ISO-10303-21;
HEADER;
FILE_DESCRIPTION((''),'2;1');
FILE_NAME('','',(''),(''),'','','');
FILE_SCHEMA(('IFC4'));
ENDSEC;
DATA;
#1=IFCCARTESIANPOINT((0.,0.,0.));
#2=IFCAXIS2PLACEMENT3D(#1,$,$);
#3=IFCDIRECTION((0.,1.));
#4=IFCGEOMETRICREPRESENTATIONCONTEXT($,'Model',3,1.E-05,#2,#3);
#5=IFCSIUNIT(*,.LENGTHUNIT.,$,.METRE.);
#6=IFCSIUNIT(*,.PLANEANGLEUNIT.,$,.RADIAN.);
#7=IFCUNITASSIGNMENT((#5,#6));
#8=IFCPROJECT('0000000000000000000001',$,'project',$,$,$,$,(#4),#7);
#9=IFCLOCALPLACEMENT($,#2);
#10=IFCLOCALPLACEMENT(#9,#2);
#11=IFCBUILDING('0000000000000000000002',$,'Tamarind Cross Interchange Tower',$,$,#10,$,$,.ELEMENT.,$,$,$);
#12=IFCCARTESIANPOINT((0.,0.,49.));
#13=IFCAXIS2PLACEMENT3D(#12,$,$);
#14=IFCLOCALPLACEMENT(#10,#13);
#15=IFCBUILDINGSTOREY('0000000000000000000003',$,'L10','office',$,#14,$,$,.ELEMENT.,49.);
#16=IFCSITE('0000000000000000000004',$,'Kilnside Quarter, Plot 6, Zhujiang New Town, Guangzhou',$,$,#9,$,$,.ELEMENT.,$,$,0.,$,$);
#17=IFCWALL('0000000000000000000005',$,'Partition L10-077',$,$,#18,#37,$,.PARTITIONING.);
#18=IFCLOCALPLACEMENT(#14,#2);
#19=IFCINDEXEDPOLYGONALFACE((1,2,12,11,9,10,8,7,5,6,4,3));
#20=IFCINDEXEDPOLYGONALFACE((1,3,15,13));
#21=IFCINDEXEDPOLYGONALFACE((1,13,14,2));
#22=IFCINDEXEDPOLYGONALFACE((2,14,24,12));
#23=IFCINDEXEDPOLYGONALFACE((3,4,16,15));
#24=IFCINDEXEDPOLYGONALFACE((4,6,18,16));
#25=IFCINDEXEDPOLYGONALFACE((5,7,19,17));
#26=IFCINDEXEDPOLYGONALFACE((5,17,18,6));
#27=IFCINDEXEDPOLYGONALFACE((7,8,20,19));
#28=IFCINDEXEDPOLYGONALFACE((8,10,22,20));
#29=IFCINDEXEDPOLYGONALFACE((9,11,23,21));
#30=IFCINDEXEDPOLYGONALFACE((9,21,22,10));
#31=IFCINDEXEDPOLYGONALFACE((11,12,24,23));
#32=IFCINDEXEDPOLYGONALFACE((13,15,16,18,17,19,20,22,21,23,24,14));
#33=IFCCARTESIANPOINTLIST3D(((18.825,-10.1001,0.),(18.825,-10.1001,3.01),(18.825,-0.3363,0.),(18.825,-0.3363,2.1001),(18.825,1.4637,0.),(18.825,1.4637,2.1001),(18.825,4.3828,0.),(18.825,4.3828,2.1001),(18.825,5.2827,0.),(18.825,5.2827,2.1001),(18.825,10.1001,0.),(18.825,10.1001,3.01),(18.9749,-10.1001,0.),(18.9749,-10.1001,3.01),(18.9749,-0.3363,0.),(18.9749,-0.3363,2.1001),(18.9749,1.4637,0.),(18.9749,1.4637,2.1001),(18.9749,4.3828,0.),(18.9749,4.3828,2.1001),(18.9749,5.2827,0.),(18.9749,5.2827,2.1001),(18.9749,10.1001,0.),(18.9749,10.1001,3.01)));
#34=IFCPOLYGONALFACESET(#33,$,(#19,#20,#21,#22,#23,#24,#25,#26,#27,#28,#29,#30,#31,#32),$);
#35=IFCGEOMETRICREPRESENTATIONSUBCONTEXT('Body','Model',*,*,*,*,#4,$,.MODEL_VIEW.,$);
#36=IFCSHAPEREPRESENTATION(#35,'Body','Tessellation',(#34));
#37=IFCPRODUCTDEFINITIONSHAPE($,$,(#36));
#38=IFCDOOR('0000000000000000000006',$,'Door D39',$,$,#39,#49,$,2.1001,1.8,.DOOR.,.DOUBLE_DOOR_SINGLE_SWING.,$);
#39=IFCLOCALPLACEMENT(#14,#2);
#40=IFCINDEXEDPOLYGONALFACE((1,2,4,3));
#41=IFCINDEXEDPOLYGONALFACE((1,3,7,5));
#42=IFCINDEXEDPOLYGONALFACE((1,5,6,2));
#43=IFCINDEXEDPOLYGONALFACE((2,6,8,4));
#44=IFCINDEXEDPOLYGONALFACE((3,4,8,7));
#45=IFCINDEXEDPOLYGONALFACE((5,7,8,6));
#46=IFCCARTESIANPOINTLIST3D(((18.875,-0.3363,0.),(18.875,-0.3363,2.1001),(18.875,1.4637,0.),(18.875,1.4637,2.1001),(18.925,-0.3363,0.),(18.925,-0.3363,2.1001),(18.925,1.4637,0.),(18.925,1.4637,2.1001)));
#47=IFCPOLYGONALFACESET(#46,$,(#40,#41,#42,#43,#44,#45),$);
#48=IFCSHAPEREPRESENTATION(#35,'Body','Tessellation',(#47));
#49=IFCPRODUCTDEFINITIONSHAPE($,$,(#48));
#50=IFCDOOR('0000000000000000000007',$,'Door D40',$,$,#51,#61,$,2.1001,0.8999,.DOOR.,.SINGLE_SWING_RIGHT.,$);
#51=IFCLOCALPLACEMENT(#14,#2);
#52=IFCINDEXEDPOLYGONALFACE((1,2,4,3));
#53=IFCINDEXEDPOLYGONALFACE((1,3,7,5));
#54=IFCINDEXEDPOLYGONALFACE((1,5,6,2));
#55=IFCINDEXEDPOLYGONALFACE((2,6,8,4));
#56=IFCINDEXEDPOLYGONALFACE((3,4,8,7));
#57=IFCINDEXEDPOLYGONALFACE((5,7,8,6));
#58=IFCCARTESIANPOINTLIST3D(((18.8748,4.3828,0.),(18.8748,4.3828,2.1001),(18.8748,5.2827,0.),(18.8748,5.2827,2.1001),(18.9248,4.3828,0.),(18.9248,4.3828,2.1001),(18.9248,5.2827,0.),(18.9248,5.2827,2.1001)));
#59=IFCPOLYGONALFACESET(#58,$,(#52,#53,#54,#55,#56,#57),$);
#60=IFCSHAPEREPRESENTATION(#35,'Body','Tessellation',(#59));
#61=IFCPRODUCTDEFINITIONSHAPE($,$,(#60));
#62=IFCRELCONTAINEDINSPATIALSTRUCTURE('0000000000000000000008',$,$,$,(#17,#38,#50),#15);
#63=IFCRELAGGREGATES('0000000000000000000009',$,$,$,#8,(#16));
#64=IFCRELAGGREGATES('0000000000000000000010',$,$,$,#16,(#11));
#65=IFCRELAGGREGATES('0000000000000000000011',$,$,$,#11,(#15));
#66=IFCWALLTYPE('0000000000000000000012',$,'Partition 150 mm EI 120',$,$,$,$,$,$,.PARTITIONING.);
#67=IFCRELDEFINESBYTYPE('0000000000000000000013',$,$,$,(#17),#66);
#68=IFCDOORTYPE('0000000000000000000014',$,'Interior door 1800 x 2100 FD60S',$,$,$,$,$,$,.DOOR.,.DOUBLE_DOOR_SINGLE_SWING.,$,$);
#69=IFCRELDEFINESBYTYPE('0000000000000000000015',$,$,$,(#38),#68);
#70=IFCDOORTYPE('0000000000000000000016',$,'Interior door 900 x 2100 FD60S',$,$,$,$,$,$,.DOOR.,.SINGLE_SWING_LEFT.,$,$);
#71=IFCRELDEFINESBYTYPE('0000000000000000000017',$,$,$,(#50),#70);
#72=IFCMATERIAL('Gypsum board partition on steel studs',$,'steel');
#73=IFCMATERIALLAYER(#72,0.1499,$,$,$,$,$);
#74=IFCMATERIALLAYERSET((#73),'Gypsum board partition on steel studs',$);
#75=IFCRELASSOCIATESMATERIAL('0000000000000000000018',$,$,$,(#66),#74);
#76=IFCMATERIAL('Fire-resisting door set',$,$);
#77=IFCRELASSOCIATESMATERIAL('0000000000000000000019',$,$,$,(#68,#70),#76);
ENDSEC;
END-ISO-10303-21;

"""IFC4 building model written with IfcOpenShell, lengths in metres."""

from ifc_helpers import new_model, si_unit, direction, frame, frame_2d, origin, place, context, subcontext, project, spatial, rectangle, extrude, material, layer, layer_set, type_object, element, fill, save


model = new_model("IFC4")

# Units and contexts
model_context = context("Model", 3, precision=1e-05, world=origin(), true_north=direction((0.0, 1.0)))
body_context = subcontext(model_context, "Body", "Model", "MODEL_VIEW")
ifc_project = project(units=[si_unit("LENGTHUNIT", "METRE"), si_unit("PLANEANGLEUNIT", "RADIAN")], contexts=[model_context])

# Site, building, storey
site_placement = place(None, origin())
site = spatial("IfcSite", under=ifc_project, at=site_placement, Name="Kilnside Quarter, Plot 6, Zhujiang New Town, Guangzhou", CompositionType="ELEMENT", RefElevation=0.0)
building_placement = place(site_placement, origin())
building = spatial("IfcBuilding", under=site, at=building_placement, Name="Tamarind Cross Interchange Tower", CompositionType="ELEMENT")
storey_placement = place(building_placement, frame((0.0, 0.0, 49.0)))
storey = spatial("IfcBuildingStorey", under=building, at=storey_placement, Name="L10", Description="office", CompositionType="ELEMENT", Elevation=49.0)

# Shared definitions
ifc_material_1 = material(Name="Gypsum board partition on steel studs", Category="steel")

# Wall, openings, doors
ifc_layer_1 = layer(ifc_material_1, 0.1499)
ifc_layer_set_1 = layer_set([ifc_layer_1], Name="Gypsum board partition on steel studs")
wall_type_1 = type_object("IfcWallType", Name="Partition 150 mm EI 120", PredefinedType="PARTITIONING", material=ifc_layer_set_1)
wall_1_placement = place(storey_placement, frame((18.8999, -10.1001, 0.0), z_axis=(0.0, 0.0, 1.0), x_axis=(0.0, 1.0, 0.0)))
wall_1 = element("IfcWall", 1, at=wall_1_placement, inside=storey, type_object=wall_type_1, Name="Partition L10-077", PredefinedType="PARTITIONING", context=body_context, shape_type="SweptSolid", body=[
    extrude(rectangle(XDim=20.2002, YDim=0.1499, at=frame_2d((10.1001, 0.0))), origin(), (0.0, 0.0, 1.0), 3.01),
])
opening_1_placement = place(wall_1_placement, frame((9.7639, 0.0, 0.0)))
opening_1 = element("IfcOpeningElement", 2, at=opening_1_placement, cuts=wall_1, PredefinedType="OPENING", context=body_context, shape_type="SweptSolid", body=[
    extrude(rectangle(XDim=1.8, YDim=2.1001, at=frame_2d((0.8999, 1.05))), frame((0.0, 0.085, 0.0), z_axis=(0.0, -1.0, 0.0), x_axis=(1.0, 0.0, 0.0)), (0.0, 0.0, 1.0), 0.1699),
])
opening_2_placement = place(wall_1_placement, frame((14.4829, 0.0, 0.0)))
opening_2 = element("IfcOpeningElement", 3, at=opening_2_placement, cuts=wall_1, PredefinedType="OPENING", context=body_context, shape_type="SweptSolid", body=[
    extrude(rectangle(XDim=0.8999, YDim=2.1001, at=frame_2d((0.45, 1.05))), frame((0.0, 0.085, 0.0), z_axis=(0.0, -1.0, 0.0), x_axis=(1.0, 0.0, 0.0)), (0.0, 0.0, 1.0), 0.1699),
])
ifc_material_2 = material(Name="Fire-resisting door set")
door_type_1 = type_object("IfcDoorType", Name="Interior door 1800 x 2100 FD60S", OperationType="DOUBLE_DOOR_SINGLE_SWING", PredefinedType="DOOR", material=ifc_material_2)
door_1_placement = place(opening_1_placement, origin())
door_1 = element("IfcDoor", 4, at=door_1_placement, inside=storey, type_object=door_type_1, Name="Door D39", OperationType="DOUBLE_DOOR_SINGLE_SWING", OverallHeight=2.1001, OverallWidth=1.8, PredefinedType="DOOR", context=body_context, shape_type="SweptSolid", body=[
    extrude(rectangle(XDim=1.8, YDim=2.1001, at=frame_2d((0.8999, 1.05))), frame((0.0, 0.0249, 0.0), z_axis=(0.0, -1.0, 0.0), x_axis=(1.0, 0.0, 0.0)), (0.0, 0.0, 1.0), 0.05),
])
fill(opening_1, door_1)
door_type_2 = type_object("IfcDoorType", Name="Interior door 900 x 2100 FD60S", OperationType="SINGLE_SWING_LEFT", PredefinedType="DOOR", material=ifc_material_2)
door_2_placement = place(opening_2_placement, frame((0.8999, 0.0, 0.0), z_axis=(0.0, 0.0, 1.0), x_axis=(-1.0, 0.0, 0.0)))
door_2 = element("IfcDoor", 5, at=door_2_placement, inside=storey, type_object=door_type_2, Name="Door D40", OperationType="SINGLE_SWING_RIGHT", OverallHeight=2.1001, OverallWidth=0.8999, PredefinedType="DOOR", context=body_context, shape_type="SweptSolid", body=[
    extrude(rectangle(XDim=0.8999, YDim=2.1001, at=frame_2d((0.45, 1.05))), frame((0.0, 0.0249, 0.0), z_axis=(0.0, -1.0, 0.0), x_axis=(1.0, 0.0, 0.0)), (0.0, 0.0, 1.0), 0.05),
])
fill(opening_2, door_2)

save(model, "model.ifc")
